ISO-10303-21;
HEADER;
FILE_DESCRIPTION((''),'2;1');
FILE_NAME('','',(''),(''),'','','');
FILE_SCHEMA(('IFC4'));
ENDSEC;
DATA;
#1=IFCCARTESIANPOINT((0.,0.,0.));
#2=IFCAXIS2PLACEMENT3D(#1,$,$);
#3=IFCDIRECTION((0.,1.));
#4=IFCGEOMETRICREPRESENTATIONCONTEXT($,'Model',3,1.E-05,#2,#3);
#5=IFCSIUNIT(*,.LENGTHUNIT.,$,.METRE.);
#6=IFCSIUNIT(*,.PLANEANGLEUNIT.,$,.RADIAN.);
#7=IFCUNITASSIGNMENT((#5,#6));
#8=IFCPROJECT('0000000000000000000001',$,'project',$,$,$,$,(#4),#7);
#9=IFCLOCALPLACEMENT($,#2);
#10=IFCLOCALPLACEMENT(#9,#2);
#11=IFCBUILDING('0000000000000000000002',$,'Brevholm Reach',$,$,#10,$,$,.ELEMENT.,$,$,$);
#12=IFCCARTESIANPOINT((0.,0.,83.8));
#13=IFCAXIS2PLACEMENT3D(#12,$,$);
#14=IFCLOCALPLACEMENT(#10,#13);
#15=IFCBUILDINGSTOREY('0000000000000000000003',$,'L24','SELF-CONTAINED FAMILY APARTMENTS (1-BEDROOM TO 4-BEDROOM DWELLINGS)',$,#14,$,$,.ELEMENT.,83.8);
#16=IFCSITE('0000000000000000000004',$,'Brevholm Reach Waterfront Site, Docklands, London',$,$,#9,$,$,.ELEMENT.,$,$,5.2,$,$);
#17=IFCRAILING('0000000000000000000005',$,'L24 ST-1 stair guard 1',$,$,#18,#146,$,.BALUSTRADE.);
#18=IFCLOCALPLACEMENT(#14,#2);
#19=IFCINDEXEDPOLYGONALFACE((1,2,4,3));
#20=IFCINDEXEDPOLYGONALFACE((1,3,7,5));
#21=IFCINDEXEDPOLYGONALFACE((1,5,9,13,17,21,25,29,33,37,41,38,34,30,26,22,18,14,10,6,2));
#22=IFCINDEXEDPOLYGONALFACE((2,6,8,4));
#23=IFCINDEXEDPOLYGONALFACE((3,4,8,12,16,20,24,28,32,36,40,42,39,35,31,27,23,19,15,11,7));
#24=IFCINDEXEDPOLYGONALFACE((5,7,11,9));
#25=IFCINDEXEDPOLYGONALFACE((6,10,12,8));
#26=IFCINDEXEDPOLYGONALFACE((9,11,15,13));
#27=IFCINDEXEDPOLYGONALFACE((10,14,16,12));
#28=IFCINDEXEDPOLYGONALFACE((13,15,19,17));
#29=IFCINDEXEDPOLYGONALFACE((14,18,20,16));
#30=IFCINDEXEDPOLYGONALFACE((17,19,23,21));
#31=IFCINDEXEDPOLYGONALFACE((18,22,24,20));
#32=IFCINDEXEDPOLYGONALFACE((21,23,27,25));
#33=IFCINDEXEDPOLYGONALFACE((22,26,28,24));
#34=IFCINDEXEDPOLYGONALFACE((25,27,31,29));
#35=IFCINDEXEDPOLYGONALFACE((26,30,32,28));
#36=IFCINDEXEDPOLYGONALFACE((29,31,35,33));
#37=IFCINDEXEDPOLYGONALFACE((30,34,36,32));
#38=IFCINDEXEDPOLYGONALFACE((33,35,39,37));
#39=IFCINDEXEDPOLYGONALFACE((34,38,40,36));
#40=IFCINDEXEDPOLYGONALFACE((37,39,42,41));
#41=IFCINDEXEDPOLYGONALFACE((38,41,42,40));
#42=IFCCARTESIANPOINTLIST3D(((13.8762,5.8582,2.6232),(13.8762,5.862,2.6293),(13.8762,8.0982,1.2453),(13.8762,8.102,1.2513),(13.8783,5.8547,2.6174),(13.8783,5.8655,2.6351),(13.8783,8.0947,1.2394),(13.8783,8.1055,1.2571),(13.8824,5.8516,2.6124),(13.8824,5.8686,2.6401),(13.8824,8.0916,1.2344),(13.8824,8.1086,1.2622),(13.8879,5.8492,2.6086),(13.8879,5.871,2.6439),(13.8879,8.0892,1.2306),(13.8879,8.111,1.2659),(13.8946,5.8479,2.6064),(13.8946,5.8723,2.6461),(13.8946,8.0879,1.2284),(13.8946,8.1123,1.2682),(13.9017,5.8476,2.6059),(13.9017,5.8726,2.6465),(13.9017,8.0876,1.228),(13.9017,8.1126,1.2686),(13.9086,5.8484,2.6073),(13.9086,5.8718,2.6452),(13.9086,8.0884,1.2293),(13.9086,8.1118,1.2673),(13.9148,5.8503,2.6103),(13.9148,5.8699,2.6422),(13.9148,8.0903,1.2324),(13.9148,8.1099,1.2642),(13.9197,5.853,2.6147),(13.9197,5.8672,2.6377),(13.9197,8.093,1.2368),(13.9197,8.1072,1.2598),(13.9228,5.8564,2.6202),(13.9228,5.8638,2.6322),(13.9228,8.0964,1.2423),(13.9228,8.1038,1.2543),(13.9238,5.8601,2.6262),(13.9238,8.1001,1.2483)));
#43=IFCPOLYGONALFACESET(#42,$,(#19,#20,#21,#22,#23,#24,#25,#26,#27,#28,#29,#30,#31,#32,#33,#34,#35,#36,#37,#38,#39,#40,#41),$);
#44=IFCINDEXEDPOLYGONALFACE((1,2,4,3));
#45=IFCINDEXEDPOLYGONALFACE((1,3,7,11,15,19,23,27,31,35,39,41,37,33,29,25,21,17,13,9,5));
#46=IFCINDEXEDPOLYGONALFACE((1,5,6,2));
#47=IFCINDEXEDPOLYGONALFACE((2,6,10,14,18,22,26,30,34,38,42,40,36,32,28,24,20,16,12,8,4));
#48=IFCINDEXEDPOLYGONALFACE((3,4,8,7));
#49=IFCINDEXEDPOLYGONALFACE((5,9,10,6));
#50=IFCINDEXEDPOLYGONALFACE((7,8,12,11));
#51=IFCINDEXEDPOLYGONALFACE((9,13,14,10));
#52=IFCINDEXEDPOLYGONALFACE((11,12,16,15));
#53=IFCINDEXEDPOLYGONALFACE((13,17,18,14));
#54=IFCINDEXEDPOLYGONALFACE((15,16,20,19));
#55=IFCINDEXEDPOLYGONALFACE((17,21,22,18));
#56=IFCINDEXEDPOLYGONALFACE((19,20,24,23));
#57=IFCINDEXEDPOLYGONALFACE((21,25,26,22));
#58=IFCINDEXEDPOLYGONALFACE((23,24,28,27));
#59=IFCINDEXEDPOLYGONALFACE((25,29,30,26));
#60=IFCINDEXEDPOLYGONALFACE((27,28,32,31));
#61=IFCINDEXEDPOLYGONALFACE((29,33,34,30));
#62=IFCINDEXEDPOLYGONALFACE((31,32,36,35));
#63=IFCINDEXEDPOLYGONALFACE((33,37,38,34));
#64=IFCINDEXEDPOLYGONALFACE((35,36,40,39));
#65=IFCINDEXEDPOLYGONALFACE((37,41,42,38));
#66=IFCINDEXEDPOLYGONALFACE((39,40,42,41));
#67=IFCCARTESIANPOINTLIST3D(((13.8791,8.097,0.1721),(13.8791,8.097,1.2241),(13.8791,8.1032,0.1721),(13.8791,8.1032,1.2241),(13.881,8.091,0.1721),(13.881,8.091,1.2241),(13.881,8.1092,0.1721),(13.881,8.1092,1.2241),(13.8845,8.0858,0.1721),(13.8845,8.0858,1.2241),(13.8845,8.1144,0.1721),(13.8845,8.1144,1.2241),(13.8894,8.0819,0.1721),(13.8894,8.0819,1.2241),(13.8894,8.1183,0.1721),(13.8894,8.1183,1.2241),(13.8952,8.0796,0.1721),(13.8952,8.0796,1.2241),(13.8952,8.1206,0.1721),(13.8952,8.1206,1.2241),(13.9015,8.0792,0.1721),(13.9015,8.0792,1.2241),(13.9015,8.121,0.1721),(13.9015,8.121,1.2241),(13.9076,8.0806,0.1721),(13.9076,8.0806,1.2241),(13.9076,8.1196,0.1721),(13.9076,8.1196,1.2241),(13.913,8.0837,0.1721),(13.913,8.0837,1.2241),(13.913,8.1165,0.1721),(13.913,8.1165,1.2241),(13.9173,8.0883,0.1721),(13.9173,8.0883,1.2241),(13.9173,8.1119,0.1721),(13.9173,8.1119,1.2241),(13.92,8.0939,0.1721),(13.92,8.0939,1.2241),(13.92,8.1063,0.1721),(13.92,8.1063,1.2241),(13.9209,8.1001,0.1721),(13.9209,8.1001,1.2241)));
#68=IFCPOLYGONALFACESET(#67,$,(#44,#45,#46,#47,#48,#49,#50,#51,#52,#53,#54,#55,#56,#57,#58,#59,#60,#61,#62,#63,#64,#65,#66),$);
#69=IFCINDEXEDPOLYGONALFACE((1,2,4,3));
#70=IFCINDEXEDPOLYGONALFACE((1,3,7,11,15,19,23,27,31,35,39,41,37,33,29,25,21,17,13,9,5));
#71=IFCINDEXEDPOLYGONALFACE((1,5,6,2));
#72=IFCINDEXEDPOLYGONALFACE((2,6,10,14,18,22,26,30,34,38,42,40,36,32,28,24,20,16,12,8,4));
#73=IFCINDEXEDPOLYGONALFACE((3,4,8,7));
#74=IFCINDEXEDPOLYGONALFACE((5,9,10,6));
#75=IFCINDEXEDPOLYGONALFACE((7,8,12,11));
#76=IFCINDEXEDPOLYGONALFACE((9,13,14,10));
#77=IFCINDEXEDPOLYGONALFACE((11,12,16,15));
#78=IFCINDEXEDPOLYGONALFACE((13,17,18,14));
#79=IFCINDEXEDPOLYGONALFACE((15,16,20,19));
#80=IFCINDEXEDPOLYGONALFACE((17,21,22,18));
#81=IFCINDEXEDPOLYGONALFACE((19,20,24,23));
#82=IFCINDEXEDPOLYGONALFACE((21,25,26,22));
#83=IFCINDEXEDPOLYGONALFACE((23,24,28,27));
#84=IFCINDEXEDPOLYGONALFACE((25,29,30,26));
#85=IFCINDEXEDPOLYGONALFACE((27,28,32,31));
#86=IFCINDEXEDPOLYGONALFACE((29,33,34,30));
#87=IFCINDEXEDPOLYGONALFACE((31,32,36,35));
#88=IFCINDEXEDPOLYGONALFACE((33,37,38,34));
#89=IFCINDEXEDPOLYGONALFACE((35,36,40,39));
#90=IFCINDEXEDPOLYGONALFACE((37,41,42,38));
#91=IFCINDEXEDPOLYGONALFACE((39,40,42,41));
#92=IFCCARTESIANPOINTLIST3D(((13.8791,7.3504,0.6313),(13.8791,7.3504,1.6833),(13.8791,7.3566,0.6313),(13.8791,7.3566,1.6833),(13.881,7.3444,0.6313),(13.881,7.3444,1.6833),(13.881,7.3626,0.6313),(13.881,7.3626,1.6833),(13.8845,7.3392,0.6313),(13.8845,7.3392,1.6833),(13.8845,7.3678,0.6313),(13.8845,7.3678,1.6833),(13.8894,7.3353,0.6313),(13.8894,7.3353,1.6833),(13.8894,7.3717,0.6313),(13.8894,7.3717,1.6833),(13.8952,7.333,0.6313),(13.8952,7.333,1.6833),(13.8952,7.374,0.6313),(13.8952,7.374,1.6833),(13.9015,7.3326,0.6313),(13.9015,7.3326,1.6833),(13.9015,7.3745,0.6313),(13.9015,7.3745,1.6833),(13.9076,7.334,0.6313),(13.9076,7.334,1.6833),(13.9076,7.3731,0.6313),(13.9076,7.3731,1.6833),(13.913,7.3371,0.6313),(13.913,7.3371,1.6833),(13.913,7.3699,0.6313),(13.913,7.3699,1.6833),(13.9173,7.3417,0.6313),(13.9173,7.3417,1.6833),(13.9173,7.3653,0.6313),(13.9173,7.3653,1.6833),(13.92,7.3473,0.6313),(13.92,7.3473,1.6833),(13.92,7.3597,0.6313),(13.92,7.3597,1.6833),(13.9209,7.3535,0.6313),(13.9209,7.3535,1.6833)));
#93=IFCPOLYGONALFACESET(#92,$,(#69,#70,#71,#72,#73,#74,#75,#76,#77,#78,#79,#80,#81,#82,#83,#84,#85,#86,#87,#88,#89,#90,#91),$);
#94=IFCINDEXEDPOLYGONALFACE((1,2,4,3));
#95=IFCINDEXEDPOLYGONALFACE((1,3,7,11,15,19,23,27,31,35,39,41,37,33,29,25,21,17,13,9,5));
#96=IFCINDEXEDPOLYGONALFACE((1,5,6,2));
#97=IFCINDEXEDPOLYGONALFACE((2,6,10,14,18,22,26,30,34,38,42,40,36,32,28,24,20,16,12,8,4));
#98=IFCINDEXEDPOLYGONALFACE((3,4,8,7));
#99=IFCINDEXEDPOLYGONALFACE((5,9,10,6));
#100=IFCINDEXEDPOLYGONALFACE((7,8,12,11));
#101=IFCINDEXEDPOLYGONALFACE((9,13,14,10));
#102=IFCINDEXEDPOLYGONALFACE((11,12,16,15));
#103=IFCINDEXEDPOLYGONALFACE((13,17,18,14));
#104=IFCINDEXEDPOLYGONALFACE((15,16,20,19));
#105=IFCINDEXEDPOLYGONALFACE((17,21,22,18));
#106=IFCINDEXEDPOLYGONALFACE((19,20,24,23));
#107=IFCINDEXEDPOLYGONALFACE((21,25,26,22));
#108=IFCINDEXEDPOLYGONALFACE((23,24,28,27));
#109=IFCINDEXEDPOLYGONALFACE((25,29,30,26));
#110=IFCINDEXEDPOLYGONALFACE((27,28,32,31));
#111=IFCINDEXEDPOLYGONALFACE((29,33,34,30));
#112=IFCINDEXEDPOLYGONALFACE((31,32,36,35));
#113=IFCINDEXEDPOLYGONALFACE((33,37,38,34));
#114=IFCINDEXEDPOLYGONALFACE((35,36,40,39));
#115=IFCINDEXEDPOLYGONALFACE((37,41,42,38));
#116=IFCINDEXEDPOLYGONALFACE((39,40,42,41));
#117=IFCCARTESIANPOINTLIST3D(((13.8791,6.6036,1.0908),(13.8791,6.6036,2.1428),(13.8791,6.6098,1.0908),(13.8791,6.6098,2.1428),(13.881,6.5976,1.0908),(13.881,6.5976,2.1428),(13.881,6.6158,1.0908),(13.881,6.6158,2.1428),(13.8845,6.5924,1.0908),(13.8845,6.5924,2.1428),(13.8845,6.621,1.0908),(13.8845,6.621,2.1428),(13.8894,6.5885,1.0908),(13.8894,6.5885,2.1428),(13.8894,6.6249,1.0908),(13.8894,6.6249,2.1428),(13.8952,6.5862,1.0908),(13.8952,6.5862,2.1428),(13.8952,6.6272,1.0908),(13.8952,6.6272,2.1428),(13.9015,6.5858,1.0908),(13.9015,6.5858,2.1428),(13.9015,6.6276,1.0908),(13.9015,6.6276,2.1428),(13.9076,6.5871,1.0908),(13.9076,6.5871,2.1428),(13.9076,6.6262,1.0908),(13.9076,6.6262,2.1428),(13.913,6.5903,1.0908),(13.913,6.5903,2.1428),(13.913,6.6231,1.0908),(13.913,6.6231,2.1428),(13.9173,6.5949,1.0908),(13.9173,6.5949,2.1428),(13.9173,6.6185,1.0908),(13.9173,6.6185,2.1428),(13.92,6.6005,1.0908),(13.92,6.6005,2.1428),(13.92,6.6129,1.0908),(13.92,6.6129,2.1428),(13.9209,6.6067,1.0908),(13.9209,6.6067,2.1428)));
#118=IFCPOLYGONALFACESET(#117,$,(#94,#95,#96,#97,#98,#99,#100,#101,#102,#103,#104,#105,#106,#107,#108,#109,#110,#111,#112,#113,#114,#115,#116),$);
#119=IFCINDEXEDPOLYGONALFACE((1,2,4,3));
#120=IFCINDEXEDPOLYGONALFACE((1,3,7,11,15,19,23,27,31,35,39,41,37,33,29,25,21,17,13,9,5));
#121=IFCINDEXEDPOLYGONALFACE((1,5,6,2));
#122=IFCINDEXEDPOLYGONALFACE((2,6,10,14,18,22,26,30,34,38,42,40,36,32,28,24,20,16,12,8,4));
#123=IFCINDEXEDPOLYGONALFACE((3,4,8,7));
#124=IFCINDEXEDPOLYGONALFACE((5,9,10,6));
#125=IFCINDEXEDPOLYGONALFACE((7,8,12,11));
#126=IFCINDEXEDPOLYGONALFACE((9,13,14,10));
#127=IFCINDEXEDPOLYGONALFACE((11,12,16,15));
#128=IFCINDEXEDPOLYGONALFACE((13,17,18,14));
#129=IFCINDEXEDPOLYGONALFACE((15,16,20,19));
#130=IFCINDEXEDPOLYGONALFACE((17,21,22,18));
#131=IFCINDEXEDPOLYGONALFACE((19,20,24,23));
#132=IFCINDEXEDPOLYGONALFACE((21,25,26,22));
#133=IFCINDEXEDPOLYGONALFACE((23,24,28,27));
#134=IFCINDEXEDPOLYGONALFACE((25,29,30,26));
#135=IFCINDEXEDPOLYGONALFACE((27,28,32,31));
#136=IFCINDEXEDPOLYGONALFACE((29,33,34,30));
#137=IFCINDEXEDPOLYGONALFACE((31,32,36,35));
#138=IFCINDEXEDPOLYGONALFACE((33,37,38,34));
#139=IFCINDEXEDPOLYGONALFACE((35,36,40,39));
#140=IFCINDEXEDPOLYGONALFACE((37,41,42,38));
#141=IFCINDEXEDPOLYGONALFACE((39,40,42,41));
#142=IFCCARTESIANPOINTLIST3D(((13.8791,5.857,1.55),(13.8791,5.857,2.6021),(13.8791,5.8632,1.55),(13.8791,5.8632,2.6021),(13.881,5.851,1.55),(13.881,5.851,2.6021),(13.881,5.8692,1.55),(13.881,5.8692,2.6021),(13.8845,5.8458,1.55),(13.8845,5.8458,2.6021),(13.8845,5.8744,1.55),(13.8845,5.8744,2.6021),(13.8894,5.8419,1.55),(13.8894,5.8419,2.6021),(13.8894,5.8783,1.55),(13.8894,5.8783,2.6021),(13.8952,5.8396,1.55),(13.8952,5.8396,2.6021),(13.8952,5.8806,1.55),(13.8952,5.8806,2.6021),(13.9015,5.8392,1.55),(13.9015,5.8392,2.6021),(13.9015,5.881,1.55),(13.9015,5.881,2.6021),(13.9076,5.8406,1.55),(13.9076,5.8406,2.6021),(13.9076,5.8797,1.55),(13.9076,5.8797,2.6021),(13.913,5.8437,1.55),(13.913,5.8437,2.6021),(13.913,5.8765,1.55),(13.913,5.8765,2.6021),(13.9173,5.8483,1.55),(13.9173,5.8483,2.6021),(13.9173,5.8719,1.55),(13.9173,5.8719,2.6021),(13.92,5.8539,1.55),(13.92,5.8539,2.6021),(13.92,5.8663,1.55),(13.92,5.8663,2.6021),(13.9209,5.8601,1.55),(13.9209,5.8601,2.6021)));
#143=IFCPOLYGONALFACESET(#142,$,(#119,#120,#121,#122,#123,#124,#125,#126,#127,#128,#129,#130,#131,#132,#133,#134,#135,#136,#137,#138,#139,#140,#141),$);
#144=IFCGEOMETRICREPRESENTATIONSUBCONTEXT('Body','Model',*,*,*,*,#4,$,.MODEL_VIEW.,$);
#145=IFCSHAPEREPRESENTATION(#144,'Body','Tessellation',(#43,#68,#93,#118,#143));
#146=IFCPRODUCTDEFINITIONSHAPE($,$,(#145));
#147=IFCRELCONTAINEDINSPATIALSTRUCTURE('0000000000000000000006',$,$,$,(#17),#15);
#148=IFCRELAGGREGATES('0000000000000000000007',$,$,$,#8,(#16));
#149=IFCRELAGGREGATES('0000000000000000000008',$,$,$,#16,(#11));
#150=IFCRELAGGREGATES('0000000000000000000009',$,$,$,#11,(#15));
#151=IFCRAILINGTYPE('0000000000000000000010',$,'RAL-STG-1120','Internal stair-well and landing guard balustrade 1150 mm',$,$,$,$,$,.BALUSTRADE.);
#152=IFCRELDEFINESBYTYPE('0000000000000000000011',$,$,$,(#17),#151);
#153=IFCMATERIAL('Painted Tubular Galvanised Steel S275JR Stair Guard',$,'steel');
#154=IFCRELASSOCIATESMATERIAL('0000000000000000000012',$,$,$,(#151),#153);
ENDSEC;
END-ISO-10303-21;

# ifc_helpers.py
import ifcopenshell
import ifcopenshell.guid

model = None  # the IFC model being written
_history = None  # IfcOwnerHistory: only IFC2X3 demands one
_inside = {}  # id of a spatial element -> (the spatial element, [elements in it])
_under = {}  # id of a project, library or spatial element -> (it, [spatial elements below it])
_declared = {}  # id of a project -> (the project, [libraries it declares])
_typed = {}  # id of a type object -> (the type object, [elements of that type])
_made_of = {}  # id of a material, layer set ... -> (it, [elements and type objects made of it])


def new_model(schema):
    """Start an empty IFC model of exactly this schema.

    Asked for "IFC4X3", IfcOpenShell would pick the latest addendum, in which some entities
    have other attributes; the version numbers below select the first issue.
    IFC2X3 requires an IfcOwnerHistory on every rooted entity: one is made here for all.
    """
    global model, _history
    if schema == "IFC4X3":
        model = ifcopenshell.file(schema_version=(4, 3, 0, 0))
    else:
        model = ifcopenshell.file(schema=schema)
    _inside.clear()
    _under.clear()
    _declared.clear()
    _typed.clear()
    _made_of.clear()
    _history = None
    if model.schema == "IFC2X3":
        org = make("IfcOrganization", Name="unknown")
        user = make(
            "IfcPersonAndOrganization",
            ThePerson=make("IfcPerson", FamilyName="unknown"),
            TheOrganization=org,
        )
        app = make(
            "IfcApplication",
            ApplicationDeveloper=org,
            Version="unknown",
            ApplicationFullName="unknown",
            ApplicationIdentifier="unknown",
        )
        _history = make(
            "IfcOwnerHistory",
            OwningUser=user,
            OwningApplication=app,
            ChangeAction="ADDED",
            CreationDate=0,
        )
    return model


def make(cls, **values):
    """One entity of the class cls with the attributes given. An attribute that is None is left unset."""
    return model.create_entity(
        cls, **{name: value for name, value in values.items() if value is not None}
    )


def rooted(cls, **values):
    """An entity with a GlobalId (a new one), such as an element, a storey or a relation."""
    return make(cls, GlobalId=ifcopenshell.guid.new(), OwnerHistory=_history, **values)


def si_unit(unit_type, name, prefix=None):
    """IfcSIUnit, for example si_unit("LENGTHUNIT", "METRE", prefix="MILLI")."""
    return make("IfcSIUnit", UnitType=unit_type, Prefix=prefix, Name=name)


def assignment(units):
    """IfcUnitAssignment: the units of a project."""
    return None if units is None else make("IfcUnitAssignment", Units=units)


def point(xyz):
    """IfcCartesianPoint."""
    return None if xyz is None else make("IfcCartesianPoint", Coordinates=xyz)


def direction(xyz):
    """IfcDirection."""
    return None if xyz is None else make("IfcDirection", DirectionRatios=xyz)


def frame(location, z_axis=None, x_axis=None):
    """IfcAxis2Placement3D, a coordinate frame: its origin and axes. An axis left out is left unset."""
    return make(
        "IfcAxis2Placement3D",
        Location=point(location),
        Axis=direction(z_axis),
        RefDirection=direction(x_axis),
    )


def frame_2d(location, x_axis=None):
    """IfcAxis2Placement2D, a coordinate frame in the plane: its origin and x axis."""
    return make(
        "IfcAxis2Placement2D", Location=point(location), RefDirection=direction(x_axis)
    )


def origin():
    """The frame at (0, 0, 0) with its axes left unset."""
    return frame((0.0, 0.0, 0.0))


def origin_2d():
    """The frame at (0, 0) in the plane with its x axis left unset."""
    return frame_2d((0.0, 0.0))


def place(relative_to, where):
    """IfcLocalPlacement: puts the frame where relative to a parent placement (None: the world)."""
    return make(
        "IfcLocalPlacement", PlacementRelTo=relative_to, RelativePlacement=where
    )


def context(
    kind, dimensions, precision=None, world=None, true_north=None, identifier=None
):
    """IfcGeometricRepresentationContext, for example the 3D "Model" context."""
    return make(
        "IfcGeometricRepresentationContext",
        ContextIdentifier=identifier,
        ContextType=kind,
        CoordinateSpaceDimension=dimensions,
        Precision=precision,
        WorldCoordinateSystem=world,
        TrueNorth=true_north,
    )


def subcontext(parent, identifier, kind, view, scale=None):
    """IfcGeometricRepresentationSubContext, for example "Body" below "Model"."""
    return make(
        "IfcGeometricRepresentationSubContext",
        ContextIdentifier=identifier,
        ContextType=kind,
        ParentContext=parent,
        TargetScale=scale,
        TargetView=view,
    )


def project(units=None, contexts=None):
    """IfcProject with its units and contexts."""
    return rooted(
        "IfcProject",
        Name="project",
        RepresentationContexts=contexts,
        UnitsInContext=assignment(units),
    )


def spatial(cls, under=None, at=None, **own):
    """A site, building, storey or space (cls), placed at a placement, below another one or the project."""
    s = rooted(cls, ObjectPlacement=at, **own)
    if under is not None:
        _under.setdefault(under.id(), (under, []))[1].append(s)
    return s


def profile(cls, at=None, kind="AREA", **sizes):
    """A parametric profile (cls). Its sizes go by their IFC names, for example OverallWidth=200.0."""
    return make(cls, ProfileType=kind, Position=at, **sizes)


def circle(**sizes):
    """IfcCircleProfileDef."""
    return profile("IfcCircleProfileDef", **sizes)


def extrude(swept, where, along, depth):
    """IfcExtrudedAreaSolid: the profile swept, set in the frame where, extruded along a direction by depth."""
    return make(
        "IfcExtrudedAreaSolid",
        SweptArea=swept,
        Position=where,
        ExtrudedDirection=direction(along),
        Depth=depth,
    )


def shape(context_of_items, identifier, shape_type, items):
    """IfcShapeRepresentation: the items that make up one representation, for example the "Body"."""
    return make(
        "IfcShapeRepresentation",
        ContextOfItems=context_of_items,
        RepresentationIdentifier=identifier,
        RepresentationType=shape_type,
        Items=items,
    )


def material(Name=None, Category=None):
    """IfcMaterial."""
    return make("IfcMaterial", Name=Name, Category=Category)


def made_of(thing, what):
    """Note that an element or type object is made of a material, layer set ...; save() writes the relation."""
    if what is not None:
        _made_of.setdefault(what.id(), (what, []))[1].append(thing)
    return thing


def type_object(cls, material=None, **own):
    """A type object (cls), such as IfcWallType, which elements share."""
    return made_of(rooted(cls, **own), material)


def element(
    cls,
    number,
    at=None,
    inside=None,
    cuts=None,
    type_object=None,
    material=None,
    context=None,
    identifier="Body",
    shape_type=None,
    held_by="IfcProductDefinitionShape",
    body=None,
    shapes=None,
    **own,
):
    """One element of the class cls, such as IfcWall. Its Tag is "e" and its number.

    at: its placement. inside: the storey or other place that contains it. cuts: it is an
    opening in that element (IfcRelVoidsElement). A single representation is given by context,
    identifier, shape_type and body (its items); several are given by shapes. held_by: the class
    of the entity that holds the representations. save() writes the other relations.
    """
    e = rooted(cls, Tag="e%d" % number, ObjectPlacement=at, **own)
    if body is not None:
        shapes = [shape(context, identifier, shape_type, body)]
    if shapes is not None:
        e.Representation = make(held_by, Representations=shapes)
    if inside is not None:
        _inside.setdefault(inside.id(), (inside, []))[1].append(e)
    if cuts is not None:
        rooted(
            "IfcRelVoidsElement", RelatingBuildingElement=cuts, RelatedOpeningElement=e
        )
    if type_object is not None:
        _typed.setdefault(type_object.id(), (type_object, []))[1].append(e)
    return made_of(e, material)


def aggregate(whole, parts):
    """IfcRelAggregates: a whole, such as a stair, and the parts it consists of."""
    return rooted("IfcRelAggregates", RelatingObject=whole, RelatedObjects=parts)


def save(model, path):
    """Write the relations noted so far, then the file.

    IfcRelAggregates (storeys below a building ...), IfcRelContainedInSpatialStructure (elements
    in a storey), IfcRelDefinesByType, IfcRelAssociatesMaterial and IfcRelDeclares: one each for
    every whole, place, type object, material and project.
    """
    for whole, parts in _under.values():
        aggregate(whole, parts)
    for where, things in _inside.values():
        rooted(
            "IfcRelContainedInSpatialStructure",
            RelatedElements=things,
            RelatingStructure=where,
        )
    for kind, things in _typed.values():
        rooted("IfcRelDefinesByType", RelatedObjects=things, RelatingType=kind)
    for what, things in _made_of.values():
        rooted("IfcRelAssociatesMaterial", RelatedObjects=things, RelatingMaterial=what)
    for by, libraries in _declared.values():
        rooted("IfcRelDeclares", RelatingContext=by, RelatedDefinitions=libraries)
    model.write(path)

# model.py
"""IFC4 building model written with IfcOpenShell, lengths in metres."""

from ifc_helpers import new_model, si_unit, direction, frame, origin, origin_2d, place, context, subcontext, project, spatial, circle, extrude, material, type_object, element, save


model = new_model("IFC4")

# Units and contexts
model_context = context("Model", 3, precision=1e-05, world=origin(), true_north=direction((0.0, 1.0)))
body_context = subcontext(model_context, "Body", "Model", "MODEL_VIEW")
ifc_project = project(units=[si_unit("LENGTHUNIT", "METRE"), si_unit("PLANEANGLEUNIT", "RADIAN")], contexts=[model_context])

# Site, building, storey
site_placement = place(None, origin())
site = spatial("IfcSite", under=ifc_project, at=site_placement, Name="Brevholm Reach Waterfront Site, Docklands, London", CompositionType="ELEMENT", RefElevation=5.2)
building_placement = place(site_placement, origin())
building = spatial("IfcBuilding", under=site, at=building_placement, Name="Brevholm Reach", CompositionType="ELEMENT")
storey_placement = place(building_placement, frame((0.0, 0.0, 83.8)))
storey = spatial("IfcBuildingStorey", under=building, at=storey_placement, Name="L24", Description="SELF-CONTAINED FAMILY APARTMENTS (1-BEDROOM TO 4-BEDROOM DWELLINGS)", CompositionType="ELEMENT", Elevation=83.8)

# Railing
ifc_material_1 = material(Name="Painted Tubular Galvanised Steel S275JR Stair Guard", Category="steel")
railing_type_1 = type_object("IfcRailingType", Name="RAL-STG-1120", Description="Internal stair-well and landing guard balustrade 1150 mm", PredefinedType="BALUSTRADE", material=ifc_material_1)
railing_1_placement = place(storey_placement, frame((13.8999, 8.1001, 0.1721)))
element("IfcRailing", 1, at=railing_1_placement, inside=storey, type_object=railing_type_1, Name="L24 ST-1 stair guard 1", PredefinedType="BALUSTRADE", context=body_context, shape_type="SweptSolid", body=[
    extrude(circle(Radius=0.0239, at=origin_2d()), frame((0.0, 0.0, 1.0762), z_axis=(0.0, -0.851748, 0.523952), x_axis=(1.0, 0.0, 0.0)), (0.0, 0.0, 1.0), 2.6299),
    extrude(circle(Radius=0.021, at=origin_2d()), origin(), (0.0, 0.0, 1.0), 1.052),
    extrude(circle(Radius=0.021, at=origin_2d()), frame((0.0, -0.7466, 0.4592)), (0.0, 0.0, 1.0), 1.052),
    extrude(circle(Radius=0.021, at=origin_2d()), frame((0.0, -1.4934, 0.9187)), (0.0, 0.0, 1.0), 1.052),
    extrude(circle(Radius=0.021, at=origin_2d()), frame((0.0, -2.24, 1.3779)), (0.0, 0.0, 1.0), 1.052),
])

save(model, "model.ifc")
